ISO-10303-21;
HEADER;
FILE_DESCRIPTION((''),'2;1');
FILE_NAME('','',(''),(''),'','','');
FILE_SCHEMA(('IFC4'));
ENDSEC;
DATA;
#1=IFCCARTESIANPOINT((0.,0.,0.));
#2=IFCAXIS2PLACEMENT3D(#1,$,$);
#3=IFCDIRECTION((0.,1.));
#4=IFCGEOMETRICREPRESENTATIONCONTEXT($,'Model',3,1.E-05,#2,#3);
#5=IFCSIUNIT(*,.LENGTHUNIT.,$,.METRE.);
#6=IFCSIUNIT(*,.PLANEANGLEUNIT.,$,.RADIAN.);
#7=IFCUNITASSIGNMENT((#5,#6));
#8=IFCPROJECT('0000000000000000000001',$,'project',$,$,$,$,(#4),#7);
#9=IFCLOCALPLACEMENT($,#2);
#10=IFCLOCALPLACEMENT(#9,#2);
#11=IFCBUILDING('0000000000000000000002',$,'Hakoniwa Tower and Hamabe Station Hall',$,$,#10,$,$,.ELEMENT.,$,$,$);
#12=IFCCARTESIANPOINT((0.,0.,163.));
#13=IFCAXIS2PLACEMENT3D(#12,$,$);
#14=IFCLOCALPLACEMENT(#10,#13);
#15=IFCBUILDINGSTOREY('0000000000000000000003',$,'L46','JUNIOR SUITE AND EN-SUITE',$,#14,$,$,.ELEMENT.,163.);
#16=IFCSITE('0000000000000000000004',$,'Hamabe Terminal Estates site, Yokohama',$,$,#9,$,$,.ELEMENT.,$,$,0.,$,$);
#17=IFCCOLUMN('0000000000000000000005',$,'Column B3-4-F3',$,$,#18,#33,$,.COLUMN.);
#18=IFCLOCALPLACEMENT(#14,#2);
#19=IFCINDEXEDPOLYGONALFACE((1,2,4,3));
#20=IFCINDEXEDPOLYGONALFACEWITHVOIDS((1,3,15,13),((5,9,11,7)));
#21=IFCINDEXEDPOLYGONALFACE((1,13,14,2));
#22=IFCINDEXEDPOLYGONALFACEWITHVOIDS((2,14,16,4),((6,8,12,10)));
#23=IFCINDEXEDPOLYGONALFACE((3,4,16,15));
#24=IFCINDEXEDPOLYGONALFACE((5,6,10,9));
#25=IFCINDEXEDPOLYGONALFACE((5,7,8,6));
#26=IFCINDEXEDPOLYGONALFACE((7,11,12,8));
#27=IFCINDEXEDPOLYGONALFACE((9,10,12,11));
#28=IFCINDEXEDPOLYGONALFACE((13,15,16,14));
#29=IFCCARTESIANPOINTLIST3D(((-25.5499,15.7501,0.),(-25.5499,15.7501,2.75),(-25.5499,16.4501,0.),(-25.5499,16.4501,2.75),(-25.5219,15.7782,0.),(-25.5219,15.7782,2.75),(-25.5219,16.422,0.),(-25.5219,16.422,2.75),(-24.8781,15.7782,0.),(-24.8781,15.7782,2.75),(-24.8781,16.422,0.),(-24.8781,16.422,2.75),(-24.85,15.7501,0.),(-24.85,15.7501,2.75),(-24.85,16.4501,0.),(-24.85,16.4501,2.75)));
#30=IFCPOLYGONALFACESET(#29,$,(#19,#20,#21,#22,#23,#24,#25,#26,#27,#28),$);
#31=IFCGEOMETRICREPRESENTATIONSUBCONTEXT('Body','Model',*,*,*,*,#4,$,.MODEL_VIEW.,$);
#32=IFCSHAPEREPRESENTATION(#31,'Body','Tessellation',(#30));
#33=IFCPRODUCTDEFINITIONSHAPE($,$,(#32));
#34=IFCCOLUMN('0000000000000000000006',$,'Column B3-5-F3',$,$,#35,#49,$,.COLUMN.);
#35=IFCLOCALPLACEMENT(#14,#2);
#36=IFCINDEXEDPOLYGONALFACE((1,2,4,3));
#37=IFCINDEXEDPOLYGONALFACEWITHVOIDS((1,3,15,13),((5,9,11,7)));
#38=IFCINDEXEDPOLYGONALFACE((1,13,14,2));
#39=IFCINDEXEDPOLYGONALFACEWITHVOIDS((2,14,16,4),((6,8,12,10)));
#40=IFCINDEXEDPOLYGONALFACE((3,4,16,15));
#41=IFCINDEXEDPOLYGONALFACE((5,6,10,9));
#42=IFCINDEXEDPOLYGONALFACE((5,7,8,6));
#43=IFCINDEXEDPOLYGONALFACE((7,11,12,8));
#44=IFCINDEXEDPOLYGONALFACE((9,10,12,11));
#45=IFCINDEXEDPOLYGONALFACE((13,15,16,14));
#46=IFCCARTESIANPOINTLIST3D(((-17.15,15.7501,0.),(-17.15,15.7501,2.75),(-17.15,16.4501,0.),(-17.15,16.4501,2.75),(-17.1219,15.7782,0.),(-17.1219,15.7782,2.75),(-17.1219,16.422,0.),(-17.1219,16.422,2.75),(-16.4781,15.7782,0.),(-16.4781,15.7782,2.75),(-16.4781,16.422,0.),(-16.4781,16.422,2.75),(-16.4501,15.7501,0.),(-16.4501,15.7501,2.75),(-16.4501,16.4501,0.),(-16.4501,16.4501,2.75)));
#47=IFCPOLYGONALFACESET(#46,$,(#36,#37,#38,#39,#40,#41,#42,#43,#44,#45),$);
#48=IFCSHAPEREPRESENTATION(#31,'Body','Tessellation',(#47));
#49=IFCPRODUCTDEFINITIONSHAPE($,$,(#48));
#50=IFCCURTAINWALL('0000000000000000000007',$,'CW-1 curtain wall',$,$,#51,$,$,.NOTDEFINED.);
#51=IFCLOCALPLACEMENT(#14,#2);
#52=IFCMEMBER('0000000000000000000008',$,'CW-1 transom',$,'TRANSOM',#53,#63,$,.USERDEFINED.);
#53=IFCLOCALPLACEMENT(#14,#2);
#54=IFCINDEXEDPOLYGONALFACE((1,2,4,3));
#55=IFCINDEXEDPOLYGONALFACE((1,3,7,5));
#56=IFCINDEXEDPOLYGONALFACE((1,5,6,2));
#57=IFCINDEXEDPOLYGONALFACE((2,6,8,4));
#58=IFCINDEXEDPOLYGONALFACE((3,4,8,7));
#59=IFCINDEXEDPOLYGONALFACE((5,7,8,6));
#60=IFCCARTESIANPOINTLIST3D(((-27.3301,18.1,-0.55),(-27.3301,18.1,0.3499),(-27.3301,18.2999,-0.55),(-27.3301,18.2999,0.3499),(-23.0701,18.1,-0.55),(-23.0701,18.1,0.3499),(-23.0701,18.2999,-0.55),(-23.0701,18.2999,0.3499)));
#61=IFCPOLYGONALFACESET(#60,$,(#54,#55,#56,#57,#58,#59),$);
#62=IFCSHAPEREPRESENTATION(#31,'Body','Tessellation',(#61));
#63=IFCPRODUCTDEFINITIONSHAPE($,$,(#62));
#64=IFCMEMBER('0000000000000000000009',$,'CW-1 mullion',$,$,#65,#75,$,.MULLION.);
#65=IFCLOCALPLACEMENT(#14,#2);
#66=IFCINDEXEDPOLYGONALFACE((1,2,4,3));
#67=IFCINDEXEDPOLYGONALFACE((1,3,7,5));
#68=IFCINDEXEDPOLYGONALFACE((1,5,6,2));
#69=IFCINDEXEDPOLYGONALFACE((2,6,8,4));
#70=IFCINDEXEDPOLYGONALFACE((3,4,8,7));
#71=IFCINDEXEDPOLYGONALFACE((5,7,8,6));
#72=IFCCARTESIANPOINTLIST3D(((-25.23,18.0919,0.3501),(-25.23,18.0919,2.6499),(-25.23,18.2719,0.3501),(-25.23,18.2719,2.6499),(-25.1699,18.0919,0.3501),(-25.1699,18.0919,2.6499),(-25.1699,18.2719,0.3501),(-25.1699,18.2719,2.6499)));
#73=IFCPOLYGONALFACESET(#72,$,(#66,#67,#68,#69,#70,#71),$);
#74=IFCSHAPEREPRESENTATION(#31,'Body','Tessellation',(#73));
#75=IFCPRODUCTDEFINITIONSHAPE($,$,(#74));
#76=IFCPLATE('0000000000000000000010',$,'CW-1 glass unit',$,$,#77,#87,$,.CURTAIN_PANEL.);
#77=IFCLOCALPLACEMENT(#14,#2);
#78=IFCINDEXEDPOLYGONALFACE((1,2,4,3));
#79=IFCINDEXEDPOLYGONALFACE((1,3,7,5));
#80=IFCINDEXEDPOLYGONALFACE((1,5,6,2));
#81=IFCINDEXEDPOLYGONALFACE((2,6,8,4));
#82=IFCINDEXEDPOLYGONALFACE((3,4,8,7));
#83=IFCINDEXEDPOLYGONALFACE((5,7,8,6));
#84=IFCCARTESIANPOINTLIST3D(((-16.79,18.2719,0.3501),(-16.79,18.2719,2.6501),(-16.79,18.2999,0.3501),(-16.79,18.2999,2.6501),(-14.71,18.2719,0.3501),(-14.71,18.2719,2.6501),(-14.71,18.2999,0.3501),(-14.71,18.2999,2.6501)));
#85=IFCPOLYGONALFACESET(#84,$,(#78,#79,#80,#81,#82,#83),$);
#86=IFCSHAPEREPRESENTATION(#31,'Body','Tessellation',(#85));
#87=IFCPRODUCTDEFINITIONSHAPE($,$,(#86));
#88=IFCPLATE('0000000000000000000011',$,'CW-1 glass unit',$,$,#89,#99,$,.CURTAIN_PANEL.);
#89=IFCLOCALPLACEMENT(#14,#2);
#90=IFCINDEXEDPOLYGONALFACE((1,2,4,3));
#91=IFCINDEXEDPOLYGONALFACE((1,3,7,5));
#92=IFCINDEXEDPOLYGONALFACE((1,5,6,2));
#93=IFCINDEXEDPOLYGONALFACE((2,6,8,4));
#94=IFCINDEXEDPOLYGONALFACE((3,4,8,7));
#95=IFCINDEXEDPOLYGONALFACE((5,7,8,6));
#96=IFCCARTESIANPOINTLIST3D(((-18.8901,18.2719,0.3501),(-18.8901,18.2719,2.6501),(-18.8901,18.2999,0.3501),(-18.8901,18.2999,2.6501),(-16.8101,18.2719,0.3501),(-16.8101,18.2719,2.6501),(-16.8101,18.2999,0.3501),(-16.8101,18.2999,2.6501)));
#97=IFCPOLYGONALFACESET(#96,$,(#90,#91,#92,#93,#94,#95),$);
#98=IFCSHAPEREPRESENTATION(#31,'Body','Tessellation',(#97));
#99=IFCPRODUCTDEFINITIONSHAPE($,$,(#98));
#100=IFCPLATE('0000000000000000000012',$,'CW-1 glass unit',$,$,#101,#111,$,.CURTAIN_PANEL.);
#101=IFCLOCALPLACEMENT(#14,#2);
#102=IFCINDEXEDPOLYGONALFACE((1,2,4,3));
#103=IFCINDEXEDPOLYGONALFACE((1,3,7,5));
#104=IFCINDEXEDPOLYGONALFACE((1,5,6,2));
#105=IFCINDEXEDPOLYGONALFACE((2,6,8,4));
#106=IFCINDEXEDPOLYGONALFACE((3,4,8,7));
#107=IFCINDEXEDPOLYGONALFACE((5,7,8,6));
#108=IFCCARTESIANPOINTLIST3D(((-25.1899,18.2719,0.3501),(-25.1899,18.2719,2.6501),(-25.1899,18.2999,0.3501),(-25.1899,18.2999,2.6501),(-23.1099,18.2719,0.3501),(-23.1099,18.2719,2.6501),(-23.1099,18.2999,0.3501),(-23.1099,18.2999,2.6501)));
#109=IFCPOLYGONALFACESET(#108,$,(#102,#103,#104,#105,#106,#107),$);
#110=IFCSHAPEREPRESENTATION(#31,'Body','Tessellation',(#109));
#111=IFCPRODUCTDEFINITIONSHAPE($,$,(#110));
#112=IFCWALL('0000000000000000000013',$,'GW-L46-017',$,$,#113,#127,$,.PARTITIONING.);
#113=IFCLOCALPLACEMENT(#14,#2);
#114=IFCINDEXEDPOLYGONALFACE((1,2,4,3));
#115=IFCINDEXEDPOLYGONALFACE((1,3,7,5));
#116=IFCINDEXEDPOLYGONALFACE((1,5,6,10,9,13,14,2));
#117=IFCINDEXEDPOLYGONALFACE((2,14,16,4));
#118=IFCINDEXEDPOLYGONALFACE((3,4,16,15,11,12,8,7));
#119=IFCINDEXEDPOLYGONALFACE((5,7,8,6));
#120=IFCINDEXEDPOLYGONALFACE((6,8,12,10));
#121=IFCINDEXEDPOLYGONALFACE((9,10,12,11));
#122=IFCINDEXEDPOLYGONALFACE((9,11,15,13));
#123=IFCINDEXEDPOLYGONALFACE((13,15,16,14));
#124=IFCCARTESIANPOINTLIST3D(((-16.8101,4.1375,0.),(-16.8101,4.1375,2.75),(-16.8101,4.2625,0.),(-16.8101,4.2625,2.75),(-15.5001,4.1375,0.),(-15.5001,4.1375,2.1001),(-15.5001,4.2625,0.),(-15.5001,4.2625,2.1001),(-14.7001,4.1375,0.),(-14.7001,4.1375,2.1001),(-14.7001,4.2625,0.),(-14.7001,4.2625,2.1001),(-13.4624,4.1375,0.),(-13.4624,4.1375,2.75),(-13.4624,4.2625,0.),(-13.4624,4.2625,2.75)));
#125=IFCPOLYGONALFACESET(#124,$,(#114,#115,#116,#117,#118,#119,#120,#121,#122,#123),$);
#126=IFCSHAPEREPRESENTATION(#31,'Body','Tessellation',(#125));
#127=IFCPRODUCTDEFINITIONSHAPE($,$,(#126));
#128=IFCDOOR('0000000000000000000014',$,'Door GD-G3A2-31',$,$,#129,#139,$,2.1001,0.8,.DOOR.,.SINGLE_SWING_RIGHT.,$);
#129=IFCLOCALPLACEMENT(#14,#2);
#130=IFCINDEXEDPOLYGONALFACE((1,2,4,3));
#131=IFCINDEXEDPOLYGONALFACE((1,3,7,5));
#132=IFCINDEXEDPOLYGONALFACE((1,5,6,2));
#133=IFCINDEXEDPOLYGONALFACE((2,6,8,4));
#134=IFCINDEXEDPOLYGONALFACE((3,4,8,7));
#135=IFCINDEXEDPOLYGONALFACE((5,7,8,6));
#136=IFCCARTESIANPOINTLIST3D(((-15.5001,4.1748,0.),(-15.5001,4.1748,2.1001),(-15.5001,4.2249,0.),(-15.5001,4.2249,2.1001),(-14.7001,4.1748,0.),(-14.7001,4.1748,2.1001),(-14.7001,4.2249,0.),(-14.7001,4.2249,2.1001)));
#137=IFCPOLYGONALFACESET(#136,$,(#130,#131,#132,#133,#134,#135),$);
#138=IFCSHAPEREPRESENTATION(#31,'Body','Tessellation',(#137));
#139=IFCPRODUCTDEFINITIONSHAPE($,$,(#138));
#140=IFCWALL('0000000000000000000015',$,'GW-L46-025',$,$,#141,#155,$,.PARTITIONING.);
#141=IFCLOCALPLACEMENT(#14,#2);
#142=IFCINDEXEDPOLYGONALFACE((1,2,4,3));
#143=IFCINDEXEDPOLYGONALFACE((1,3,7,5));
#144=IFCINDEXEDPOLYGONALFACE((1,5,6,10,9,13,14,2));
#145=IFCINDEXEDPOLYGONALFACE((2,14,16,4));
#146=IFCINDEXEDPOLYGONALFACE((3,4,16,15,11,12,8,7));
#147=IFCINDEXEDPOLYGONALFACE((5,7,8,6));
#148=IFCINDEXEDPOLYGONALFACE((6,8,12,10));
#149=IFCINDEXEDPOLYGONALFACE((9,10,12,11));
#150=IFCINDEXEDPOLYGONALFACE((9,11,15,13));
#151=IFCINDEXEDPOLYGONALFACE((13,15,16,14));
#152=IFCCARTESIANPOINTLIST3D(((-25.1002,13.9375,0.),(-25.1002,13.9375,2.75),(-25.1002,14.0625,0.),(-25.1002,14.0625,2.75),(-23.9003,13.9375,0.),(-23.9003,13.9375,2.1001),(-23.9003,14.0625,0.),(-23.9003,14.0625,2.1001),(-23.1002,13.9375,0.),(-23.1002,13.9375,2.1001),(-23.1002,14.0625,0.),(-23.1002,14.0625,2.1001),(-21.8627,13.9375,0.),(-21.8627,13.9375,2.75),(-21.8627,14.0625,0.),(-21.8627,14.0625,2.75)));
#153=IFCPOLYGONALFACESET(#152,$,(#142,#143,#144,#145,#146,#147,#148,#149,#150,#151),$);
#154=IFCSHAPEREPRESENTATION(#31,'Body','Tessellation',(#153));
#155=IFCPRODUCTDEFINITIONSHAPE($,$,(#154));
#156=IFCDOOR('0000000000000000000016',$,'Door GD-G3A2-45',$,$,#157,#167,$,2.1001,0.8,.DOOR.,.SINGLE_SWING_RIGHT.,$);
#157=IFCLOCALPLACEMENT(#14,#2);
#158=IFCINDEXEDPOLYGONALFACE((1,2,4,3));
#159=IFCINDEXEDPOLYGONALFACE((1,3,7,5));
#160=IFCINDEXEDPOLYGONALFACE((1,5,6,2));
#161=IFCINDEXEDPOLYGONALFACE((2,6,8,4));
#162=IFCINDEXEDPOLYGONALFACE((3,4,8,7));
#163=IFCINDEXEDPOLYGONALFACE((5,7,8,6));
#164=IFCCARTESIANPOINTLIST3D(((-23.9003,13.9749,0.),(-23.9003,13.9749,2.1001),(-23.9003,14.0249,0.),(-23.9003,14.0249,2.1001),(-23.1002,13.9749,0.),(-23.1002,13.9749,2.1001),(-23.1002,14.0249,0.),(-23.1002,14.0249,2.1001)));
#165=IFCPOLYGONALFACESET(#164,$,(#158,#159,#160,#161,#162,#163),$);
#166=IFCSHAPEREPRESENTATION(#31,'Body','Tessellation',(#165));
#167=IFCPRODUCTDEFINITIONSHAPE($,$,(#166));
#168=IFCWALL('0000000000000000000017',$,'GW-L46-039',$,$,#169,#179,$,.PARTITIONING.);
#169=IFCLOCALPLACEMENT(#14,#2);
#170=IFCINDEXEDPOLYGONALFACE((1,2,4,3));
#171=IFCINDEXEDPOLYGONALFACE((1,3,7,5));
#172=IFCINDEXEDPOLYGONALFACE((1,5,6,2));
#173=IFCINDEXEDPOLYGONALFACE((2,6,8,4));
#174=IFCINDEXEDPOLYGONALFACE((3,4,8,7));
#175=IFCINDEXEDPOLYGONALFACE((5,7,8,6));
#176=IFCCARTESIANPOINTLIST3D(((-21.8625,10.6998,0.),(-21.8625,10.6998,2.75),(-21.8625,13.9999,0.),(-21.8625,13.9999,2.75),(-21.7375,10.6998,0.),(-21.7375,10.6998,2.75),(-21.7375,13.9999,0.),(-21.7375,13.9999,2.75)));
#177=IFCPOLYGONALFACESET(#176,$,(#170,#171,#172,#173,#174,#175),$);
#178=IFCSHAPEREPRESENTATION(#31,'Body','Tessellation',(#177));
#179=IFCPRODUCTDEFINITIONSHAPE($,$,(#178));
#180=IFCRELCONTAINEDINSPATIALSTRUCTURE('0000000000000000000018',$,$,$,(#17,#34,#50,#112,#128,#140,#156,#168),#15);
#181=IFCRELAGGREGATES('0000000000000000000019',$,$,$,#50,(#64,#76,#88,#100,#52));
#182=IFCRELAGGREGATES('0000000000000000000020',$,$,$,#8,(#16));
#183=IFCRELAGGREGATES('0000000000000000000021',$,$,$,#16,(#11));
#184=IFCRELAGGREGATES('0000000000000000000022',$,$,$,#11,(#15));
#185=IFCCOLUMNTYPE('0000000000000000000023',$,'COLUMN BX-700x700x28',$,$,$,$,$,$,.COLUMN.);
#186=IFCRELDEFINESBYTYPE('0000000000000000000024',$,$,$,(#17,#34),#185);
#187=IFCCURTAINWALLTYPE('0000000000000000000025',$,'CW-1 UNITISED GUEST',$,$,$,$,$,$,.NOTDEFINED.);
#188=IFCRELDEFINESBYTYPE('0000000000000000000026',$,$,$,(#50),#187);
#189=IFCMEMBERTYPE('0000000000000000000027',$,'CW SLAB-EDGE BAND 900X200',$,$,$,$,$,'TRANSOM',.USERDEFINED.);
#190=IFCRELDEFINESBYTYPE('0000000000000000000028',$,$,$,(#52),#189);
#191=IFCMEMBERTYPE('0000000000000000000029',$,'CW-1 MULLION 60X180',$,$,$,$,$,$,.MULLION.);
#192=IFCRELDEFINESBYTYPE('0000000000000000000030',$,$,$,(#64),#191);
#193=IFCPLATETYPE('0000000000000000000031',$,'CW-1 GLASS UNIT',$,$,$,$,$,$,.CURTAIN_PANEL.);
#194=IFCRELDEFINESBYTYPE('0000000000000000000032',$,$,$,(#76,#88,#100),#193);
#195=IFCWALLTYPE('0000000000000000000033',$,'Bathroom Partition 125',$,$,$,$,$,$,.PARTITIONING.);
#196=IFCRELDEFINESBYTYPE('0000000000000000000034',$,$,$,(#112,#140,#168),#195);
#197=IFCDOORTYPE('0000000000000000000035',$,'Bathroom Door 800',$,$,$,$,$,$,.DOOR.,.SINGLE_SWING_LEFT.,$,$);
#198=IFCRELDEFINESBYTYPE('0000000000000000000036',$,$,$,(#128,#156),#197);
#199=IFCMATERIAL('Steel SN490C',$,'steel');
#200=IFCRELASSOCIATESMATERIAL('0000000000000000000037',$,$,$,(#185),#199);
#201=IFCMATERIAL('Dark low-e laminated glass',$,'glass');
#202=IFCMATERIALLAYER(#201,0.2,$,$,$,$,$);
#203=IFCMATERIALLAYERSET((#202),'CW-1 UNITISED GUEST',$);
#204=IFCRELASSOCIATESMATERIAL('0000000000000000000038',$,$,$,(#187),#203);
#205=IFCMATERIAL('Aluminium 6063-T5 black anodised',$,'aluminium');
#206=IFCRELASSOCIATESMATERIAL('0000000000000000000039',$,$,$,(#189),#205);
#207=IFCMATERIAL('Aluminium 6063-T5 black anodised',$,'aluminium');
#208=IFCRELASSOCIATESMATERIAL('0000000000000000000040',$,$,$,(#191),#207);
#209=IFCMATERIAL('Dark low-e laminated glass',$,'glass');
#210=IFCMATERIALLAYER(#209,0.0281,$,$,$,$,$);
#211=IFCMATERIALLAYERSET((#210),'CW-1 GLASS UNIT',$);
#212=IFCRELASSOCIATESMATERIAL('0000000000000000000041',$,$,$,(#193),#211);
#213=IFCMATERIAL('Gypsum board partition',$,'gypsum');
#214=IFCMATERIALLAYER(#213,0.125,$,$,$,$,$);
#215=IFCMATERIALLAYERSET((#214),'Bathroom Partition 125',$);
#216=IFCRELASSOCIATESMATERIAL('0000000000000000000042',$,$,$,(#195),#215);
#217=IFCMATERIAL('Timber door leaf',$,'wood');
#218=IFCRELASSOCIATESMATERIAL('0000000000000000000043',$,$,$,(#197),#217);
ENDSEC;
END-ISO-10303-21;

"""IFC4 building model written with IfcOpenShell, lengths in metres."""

from ifc_helpers import new_model, si_unit, direction, frame, frame_2d, origin, origin_2d, place, context, subcontext, project, spatial, rectangle, hollow_rectangle, extrude, material, layer, layer_set, material_profile, profile_set, type_object, element, fill, aggregate, save


model = new_model("IFC4")

# Units and contexts
model_context = context("Model", 3, precision=1e-05, world=origin(), true_north=direction((0.0, 1.0)))
body_context = subcontext(model_context, "Body", "Model", "MODEL_VIEW")
ifc_project = project(units=[si_unit("LENGTHUNIT", "METRE"), si_unit("PLANEANGLEUNIT", "RADIAN")], contexts=[model_context])

# Site, building, storey
site_placement = place(None, origin())
site = spatial("IfcSite", under=ifc_project, at=site_placement, Name="Hamabe Terminal Estates site, Yokohama", CompositionType="ELEMENT", RefElevation=0.0)
building_placement = place(site_placement, origin())
building = spatial("IfcBuilding", under=site, at=building_placement, Name="Hakoniwa Tower and Hamabe Station Hall", CompositionType="ELEMENT")
storey_placement = place(building_placement, frame((0.0, 0.0, 163.0)))
storey = spatial("IfcBuildingStorey", under=building, at=storey_placement, Name="L46", Description="JUNIOR SUITE AND EN-SUITE", CompositionType="ELEMENT", Elevation=163.0)

# Columns
ifc_material_1 = material(Name="Steel SN490C", Category="steel")
ifc_material_profile_1 = material_profile(ifc_material_1, hollow_rectangle(XDim=0.7, YDim=0.7, WallThickness=0.0281, at=origin_2d()), Name="BX-700x700x28")
ifc_profile_set_1 = profile_set([ifc_material_profile_1], Name="Steel SN490C")
column_type = type_object("IfcColumnType", Name="COLUMN BX-700x700x28", PredefinedType="COLUMN", material=ifc_profile_set_1)
for number, where, z_axis, x_axis, name in (
    (1, (-25.2, 16.1001, 0.0), (0.0, 0.0, 1.0), (1.0, 0.0, 0.0), "Column B3-4-F3"),
    (2, (-16.8, 16.1001, 0.0), (0.0, 0.0, 1.0), (1.0, 0.0, 0.0), "Column B3-5-F3"),
):
    element("IfcColumn", number, at=place(storey_placement, frame(where, z_axis=z_axis, x_axis=x_axis)), inside=storey, type_object=column_type, Name=name, PredefinedType="COLUMN", context=body_context, shape_type="SweptSolid", body=[
        extrude(hollow_rectangle(XDim=0.7, YDim=0.7, WallThickness=0.0281, at=origin_2d()), origin(), (0.0, 0.0, 1.0), 2.75),
    ])

# Curtain wall, members, plates
ifc_material_2 = material(Name="Dark low-e laminated glass", Category="glass")
ifc_layer_1 = layer(ifc_material_2, 0.2)
ifc_layer_set_1 = layer_set([ifc_layer_1], Name="CW-1 UNITISED GUEST")
curtain_wall_type = type_object("IfcCurtainWallType", Name="CW-1 UNITISED GUEST", PredefinedType="NOTDEFINED", material=ifc_layer_set_1)
curtain_wall_placement = place(storey_placement, origin())
curtain_wall = element("IfcCurtainWall", 3, at=curtain_wall_placement, inside=storey, type_object=curtain_wall_type, Name="CW-1 curtain wall", PredefinedType="NOTDEFINED")
ifc_material_3 = material(Name="Aluminium 6063-T5 black anodised", Category="aluminium")
ifc_material_profile_2 = material_profile(ifc_material_3, rectangle(XDim=0.2, YDim=0.8999, at=origin_2d()), Name="CW SLAB-EDGE BAND 900X200")
ifc_profile_set_2 = profile_set([ifc_material_profile_2], Name="Aluminium 6063-T5 black anodised")
member_type_1 = type_object("IfcMemberType", Name="CW SLAB-EDGE BAND 900X200", ElementType="TRANSOM", PredefinedType="USERDEFINED", material=ifc_profile_set_2)
member_1_placement = place(storey_placement, frame((-23.0701, 18.2, -0.1001), z_axis=(-1.0, 0.0, 0.0), x_axis=(0.0, -1.0, 0.0)))
member_1 = element("IfcMember", 4, at=member_1_placement, type_object=member_type_1, Name="CW-1 transom", ObjectType="TRANSOM", PredefinedType="USERDEFINED", context=body_context, shape_type="SweptSolid", body=[
    extrude(rectangle(XDim=0.2, YDim=0.8999, at=origin_2d()), origin(), (0.0, 0.0, 1.0), 4.26),
])
ifc_material_4 = material(Name="Aluminium 6063-T5 black anodised", Category="aluminium")
ifc_material_profile_3 = material_profile(ifc_material_4, rectangle(XDim=0.0601, YDim=0.1799, at=origin_2d()), Name="CW-1 MULLION 60X180")
ifc_profile_set_3 = profile_set([ifc_material_profile_3], Name="Aluminium 6063-T5 black anodised")
member_type_2 = type_object("IfcMemberType", Name="CW-1 MULLION 60X180", PredefinedType="MULLION", material=ifc_profile_set_3)
member_2_placement = place(storey_placement, frame((-25.2, 18.1819, 0.3501), z_axis=(0.0, 0.0, 1.0), x_axis=(-1.0, 0.0, 0.0)))
member_2 = element("IfcMember", 5, at=member_2_placement, type_object=member_type_2, Name="CW-1 mullion", PredefinedType="MULLION", context=body_context, shape_type="SweptSolid", body=[
    extrude(rectangle(XDim=0.0601, YDim=0.1799, at=origin_2d()), origin(), (0.0, 0.0, 1.0), 2.2998),
])
ifc_material_5 = material(Name="Dark low-e laminated glass", Category="glass")
ifc_layer_2 = layer(ifc_material_5, 0.0281)
ifc_layer_set_2 = layer_set([ifc_layer_2], Name="CW-1 GLASS UNIT")
plate_type = type_object("IfcPlateType", Name="CW-1 GLASS UNIT", PredefinedType="CURTAIN_PANEL", material=ifc_layer_set_2)
plate_1_placement = place(storey_placement, frame((-15.75, 18.2859, 0.3501), z_axis=(0.0, 0.0, 1.0), x_axis=(-1.0, 0.0, 0.0)))
plate_1 = element("IfcPlate", 6, at=plate_1_placement, type_object=plate_type, Name="CW-1 glass unit", PredefinedType="CURTAIN_PANEL", context=body_context, shape_type="SweptSolid", body=[
    extrude(rectangle(XDim=2.0801, YDim=0.0281, at=origin_2d()), origin(), (0.0, 0.0, 1.0), 2.3),
])
plate_2_placement = place(storey_placement, frame((-17.8501, 18.2859, 0.3501), z_axis=(0.0, 0.0, 1.0), x_axis=(-1.0, 0.0, 0.0)))
plate_2 = element("IfcPlate", 7, at=plate_2_placement, type_object=plate_type, Name="CW-1 glass unit", PredefinedType="CURTAIN_PANEL", context=body_context, shape_type="SweptSolid", body=[
    extrude(rectangle(XDim=2.0801, YDim=0.0281, at=origin_2d()), origin(), (0.0, 0.0, 1.0), 2.3),
])
plate_3_placement = place(storey_placement, frame((-24.1499, 18.2859, 0.3501), z_axis=(0.0, 0.0, 1.0), x_axis=(-1.0, 0.0, 0.0)))
plate_3 = element("IfcPlate", 8, at=plate_3_placement, type_object=plate_type, Name="CW-1 glass unit", PredefinedType="CURTAIN_PANEL", context=body_context, shape_type="SweptSolid", body=[
    extrude(rectangle(XDim=2.0801, YDim=0.0281, at=origin_2d()), origin(), (0.0, 0.0, 1.0), 2.3),
])

# Walls, openings, doors
ifc_material_6 = material(Name="Gypsum board partition", Category="gypsum")
ifc_layer_3 = layer(ifc_material_6, 0.125)
ifc_layer_set_3 = layer_set([ifc_layer_3], Name="Bathroom Partition 125")
wall_type_1 = type_object("IfcWallType", Name="Bathroom Partition 125", PredefinedType="PARTITIONING", material=ifc_layer_set_3)
wall_1_placement = place(storey_placement, frame((-16.8101, 4.2, 0.0), z_axis=(0.0, 0.0, 1.0), x_axis=(1.0, 0.0, 0.0)))
wall_1 = element("IfcWall", 9, at=wall_1_placement, inside=storey, type_object=wall_type_1, Name="GW-L46-017", PredefinedType="PARTITIONING", context=body_context, shape_type="SweptSolid", body=[
    extrude(rectangle(XDim=3.3477, YDim=0.125, at=frame_2d((1.6738, 0.0))), origin(), (0.0, 0.0, 1.0), 2.75),
])
opening_1_placement = place(wall_1_placement, frame((1.3101, 0.0, 0.0)))
opening_1 = element("IfcOpeningElement", 10, at=opening_1_placement, cuts=wall_1, PredefinedType="OPENING", context=body_context, shape_type="SweptSolid", body=[
    extrude(rectangle(XDim=0.8, YDim=2.1001, at=frame_2d((0.3999, 1.05))), frame((0.0, 0.0725, 0.0), z_axis=(0.0, -1.0, 0.0), x_axis=(1.0, 0.0, 0.0)), (0.0, 0.0, 1.0), 0.145),
])
ifc_material_7 = material(Name="Timber door leaf", Category="wood")
door_type_1 = type_object("IfcDoorType", Name="Bathroom Door 800", OperationType="SINGLE_SWING_LEFT", PredefinedType="DOOR", material=ifc_material_7)
door_1_placement = place(opening_1_placement, origin())
door_1 = element("IfcDoor", 11, at=door_1_placement, inside=storey, type_object=door_type_1, Name="Door GD-G3A2-31", OperationType="SINGLE_SWING_RIGHT", OverallHeight=2.1001, OverallWidth=0.8, PredefinedType="DOOR", context=body_context, shape_type="SweptSolid", body=[
    extrude(rectangle(XDim=0.8, YDim=2.1001, at=frame_2d((0.3999, 1.05))), frame((0.0, 0.0249, 0.0), z_axis=(0.0, -1.0, 0.0), x_axis=(1.0, 0.0, 0.0)), (0.0, 0.0, 1.0), 0.05),
])
fill(opening_1, door_1)
wall_2_placement = place(storey_placement, frame((-25.1001, 14.0, 0.0), z_axis=(0.0, 0.0, 1.0), x_axis=(1.0, 0.0, 0.0)))
wall_2 = element("IfcWall", 12, at=wall_2_placement, inside=storey, type_object=wall_type_1, Name="GW-L46-025", PredefinedType="PARTITIONING", context=body_context, shape_type="SweptSolid", body=[
    extrude(rectangle(XDim=3.2375, YDim=0.125, at=frame_2d((1.6187, 0.0))), origin(), (0.0, 0.0, 1.0), 2.75),
])
opening_2_placement = place(wall_2_placement, frame((1.2, 0.0, 0.0)))
opening_2 = element("IfcOpeningElement", 13, at=opening_2_placement, cuts=wall_2, PredefinedType="OPENING", context=body_context, shape_type="SweptSolid", body=[
    extrude(rectangle(XDim=0.8, YDim=2.1001, at=frame_2d((0.3999, 1.05))), frame((0.0, 0.0725, 0.0), z_axis=(0.0, -1.0, 0.0), x_axis=(1.0, 0.0, 0.0)), (0.0, 0.0, 1.0), 0.145),
])
door_2_placement = place(opening_2_placement, origin())
door_2 = element("IfcDoor", 14, at=door_2_placement, inside=storey, type_object=door_type_1, Name="Door GD-G3A2-45", OperationType="SINGLE_SWING_RIGHT", OverallHeight=2.1001, OverallWidth=0.8, PredefinedType="DOOR", context=body_context, shape_type="SweptSolid", body=[
    extrude(rectangle(XDim=0.8, YDim=2.1001, at=frame_2d((0.3999, 1.05))), frame((0.0, 0.0249, 0.0), z_axis=(0.0, -1.0, 0.0), x_axis=(1.0, 0.0, 0.0)), (0.0, 0.0, 1.0), 0.05),
])
fill(opening_2, door_2)

# Wall
wall_3_placement = place(storey_placement, frame((-21.8, 10.7, 0.0), z_axis=(0.0, 0.0, 1.0), x_axis=(0.0, 1.0, 0.0)))
element("IfcWall", 15, at=wall_3_placement, inside=storey, type_object=wall_type_1, Name="GW-L46-039", PredefinedType="PARTITIONING", context=body_context, shape_type="SweptSolid", body=[
    extrude(rectangle(XDim=3.3, YDim=0.125, at=frame_2d((1.6499, 0.0))), origin(), (0.0, 0.0, 1.0), 2.75),
])

aggregate(curtain_wall, [member_2, plate_1, plate_2, plate_3, member_1])

save(model, "model.ifc")
